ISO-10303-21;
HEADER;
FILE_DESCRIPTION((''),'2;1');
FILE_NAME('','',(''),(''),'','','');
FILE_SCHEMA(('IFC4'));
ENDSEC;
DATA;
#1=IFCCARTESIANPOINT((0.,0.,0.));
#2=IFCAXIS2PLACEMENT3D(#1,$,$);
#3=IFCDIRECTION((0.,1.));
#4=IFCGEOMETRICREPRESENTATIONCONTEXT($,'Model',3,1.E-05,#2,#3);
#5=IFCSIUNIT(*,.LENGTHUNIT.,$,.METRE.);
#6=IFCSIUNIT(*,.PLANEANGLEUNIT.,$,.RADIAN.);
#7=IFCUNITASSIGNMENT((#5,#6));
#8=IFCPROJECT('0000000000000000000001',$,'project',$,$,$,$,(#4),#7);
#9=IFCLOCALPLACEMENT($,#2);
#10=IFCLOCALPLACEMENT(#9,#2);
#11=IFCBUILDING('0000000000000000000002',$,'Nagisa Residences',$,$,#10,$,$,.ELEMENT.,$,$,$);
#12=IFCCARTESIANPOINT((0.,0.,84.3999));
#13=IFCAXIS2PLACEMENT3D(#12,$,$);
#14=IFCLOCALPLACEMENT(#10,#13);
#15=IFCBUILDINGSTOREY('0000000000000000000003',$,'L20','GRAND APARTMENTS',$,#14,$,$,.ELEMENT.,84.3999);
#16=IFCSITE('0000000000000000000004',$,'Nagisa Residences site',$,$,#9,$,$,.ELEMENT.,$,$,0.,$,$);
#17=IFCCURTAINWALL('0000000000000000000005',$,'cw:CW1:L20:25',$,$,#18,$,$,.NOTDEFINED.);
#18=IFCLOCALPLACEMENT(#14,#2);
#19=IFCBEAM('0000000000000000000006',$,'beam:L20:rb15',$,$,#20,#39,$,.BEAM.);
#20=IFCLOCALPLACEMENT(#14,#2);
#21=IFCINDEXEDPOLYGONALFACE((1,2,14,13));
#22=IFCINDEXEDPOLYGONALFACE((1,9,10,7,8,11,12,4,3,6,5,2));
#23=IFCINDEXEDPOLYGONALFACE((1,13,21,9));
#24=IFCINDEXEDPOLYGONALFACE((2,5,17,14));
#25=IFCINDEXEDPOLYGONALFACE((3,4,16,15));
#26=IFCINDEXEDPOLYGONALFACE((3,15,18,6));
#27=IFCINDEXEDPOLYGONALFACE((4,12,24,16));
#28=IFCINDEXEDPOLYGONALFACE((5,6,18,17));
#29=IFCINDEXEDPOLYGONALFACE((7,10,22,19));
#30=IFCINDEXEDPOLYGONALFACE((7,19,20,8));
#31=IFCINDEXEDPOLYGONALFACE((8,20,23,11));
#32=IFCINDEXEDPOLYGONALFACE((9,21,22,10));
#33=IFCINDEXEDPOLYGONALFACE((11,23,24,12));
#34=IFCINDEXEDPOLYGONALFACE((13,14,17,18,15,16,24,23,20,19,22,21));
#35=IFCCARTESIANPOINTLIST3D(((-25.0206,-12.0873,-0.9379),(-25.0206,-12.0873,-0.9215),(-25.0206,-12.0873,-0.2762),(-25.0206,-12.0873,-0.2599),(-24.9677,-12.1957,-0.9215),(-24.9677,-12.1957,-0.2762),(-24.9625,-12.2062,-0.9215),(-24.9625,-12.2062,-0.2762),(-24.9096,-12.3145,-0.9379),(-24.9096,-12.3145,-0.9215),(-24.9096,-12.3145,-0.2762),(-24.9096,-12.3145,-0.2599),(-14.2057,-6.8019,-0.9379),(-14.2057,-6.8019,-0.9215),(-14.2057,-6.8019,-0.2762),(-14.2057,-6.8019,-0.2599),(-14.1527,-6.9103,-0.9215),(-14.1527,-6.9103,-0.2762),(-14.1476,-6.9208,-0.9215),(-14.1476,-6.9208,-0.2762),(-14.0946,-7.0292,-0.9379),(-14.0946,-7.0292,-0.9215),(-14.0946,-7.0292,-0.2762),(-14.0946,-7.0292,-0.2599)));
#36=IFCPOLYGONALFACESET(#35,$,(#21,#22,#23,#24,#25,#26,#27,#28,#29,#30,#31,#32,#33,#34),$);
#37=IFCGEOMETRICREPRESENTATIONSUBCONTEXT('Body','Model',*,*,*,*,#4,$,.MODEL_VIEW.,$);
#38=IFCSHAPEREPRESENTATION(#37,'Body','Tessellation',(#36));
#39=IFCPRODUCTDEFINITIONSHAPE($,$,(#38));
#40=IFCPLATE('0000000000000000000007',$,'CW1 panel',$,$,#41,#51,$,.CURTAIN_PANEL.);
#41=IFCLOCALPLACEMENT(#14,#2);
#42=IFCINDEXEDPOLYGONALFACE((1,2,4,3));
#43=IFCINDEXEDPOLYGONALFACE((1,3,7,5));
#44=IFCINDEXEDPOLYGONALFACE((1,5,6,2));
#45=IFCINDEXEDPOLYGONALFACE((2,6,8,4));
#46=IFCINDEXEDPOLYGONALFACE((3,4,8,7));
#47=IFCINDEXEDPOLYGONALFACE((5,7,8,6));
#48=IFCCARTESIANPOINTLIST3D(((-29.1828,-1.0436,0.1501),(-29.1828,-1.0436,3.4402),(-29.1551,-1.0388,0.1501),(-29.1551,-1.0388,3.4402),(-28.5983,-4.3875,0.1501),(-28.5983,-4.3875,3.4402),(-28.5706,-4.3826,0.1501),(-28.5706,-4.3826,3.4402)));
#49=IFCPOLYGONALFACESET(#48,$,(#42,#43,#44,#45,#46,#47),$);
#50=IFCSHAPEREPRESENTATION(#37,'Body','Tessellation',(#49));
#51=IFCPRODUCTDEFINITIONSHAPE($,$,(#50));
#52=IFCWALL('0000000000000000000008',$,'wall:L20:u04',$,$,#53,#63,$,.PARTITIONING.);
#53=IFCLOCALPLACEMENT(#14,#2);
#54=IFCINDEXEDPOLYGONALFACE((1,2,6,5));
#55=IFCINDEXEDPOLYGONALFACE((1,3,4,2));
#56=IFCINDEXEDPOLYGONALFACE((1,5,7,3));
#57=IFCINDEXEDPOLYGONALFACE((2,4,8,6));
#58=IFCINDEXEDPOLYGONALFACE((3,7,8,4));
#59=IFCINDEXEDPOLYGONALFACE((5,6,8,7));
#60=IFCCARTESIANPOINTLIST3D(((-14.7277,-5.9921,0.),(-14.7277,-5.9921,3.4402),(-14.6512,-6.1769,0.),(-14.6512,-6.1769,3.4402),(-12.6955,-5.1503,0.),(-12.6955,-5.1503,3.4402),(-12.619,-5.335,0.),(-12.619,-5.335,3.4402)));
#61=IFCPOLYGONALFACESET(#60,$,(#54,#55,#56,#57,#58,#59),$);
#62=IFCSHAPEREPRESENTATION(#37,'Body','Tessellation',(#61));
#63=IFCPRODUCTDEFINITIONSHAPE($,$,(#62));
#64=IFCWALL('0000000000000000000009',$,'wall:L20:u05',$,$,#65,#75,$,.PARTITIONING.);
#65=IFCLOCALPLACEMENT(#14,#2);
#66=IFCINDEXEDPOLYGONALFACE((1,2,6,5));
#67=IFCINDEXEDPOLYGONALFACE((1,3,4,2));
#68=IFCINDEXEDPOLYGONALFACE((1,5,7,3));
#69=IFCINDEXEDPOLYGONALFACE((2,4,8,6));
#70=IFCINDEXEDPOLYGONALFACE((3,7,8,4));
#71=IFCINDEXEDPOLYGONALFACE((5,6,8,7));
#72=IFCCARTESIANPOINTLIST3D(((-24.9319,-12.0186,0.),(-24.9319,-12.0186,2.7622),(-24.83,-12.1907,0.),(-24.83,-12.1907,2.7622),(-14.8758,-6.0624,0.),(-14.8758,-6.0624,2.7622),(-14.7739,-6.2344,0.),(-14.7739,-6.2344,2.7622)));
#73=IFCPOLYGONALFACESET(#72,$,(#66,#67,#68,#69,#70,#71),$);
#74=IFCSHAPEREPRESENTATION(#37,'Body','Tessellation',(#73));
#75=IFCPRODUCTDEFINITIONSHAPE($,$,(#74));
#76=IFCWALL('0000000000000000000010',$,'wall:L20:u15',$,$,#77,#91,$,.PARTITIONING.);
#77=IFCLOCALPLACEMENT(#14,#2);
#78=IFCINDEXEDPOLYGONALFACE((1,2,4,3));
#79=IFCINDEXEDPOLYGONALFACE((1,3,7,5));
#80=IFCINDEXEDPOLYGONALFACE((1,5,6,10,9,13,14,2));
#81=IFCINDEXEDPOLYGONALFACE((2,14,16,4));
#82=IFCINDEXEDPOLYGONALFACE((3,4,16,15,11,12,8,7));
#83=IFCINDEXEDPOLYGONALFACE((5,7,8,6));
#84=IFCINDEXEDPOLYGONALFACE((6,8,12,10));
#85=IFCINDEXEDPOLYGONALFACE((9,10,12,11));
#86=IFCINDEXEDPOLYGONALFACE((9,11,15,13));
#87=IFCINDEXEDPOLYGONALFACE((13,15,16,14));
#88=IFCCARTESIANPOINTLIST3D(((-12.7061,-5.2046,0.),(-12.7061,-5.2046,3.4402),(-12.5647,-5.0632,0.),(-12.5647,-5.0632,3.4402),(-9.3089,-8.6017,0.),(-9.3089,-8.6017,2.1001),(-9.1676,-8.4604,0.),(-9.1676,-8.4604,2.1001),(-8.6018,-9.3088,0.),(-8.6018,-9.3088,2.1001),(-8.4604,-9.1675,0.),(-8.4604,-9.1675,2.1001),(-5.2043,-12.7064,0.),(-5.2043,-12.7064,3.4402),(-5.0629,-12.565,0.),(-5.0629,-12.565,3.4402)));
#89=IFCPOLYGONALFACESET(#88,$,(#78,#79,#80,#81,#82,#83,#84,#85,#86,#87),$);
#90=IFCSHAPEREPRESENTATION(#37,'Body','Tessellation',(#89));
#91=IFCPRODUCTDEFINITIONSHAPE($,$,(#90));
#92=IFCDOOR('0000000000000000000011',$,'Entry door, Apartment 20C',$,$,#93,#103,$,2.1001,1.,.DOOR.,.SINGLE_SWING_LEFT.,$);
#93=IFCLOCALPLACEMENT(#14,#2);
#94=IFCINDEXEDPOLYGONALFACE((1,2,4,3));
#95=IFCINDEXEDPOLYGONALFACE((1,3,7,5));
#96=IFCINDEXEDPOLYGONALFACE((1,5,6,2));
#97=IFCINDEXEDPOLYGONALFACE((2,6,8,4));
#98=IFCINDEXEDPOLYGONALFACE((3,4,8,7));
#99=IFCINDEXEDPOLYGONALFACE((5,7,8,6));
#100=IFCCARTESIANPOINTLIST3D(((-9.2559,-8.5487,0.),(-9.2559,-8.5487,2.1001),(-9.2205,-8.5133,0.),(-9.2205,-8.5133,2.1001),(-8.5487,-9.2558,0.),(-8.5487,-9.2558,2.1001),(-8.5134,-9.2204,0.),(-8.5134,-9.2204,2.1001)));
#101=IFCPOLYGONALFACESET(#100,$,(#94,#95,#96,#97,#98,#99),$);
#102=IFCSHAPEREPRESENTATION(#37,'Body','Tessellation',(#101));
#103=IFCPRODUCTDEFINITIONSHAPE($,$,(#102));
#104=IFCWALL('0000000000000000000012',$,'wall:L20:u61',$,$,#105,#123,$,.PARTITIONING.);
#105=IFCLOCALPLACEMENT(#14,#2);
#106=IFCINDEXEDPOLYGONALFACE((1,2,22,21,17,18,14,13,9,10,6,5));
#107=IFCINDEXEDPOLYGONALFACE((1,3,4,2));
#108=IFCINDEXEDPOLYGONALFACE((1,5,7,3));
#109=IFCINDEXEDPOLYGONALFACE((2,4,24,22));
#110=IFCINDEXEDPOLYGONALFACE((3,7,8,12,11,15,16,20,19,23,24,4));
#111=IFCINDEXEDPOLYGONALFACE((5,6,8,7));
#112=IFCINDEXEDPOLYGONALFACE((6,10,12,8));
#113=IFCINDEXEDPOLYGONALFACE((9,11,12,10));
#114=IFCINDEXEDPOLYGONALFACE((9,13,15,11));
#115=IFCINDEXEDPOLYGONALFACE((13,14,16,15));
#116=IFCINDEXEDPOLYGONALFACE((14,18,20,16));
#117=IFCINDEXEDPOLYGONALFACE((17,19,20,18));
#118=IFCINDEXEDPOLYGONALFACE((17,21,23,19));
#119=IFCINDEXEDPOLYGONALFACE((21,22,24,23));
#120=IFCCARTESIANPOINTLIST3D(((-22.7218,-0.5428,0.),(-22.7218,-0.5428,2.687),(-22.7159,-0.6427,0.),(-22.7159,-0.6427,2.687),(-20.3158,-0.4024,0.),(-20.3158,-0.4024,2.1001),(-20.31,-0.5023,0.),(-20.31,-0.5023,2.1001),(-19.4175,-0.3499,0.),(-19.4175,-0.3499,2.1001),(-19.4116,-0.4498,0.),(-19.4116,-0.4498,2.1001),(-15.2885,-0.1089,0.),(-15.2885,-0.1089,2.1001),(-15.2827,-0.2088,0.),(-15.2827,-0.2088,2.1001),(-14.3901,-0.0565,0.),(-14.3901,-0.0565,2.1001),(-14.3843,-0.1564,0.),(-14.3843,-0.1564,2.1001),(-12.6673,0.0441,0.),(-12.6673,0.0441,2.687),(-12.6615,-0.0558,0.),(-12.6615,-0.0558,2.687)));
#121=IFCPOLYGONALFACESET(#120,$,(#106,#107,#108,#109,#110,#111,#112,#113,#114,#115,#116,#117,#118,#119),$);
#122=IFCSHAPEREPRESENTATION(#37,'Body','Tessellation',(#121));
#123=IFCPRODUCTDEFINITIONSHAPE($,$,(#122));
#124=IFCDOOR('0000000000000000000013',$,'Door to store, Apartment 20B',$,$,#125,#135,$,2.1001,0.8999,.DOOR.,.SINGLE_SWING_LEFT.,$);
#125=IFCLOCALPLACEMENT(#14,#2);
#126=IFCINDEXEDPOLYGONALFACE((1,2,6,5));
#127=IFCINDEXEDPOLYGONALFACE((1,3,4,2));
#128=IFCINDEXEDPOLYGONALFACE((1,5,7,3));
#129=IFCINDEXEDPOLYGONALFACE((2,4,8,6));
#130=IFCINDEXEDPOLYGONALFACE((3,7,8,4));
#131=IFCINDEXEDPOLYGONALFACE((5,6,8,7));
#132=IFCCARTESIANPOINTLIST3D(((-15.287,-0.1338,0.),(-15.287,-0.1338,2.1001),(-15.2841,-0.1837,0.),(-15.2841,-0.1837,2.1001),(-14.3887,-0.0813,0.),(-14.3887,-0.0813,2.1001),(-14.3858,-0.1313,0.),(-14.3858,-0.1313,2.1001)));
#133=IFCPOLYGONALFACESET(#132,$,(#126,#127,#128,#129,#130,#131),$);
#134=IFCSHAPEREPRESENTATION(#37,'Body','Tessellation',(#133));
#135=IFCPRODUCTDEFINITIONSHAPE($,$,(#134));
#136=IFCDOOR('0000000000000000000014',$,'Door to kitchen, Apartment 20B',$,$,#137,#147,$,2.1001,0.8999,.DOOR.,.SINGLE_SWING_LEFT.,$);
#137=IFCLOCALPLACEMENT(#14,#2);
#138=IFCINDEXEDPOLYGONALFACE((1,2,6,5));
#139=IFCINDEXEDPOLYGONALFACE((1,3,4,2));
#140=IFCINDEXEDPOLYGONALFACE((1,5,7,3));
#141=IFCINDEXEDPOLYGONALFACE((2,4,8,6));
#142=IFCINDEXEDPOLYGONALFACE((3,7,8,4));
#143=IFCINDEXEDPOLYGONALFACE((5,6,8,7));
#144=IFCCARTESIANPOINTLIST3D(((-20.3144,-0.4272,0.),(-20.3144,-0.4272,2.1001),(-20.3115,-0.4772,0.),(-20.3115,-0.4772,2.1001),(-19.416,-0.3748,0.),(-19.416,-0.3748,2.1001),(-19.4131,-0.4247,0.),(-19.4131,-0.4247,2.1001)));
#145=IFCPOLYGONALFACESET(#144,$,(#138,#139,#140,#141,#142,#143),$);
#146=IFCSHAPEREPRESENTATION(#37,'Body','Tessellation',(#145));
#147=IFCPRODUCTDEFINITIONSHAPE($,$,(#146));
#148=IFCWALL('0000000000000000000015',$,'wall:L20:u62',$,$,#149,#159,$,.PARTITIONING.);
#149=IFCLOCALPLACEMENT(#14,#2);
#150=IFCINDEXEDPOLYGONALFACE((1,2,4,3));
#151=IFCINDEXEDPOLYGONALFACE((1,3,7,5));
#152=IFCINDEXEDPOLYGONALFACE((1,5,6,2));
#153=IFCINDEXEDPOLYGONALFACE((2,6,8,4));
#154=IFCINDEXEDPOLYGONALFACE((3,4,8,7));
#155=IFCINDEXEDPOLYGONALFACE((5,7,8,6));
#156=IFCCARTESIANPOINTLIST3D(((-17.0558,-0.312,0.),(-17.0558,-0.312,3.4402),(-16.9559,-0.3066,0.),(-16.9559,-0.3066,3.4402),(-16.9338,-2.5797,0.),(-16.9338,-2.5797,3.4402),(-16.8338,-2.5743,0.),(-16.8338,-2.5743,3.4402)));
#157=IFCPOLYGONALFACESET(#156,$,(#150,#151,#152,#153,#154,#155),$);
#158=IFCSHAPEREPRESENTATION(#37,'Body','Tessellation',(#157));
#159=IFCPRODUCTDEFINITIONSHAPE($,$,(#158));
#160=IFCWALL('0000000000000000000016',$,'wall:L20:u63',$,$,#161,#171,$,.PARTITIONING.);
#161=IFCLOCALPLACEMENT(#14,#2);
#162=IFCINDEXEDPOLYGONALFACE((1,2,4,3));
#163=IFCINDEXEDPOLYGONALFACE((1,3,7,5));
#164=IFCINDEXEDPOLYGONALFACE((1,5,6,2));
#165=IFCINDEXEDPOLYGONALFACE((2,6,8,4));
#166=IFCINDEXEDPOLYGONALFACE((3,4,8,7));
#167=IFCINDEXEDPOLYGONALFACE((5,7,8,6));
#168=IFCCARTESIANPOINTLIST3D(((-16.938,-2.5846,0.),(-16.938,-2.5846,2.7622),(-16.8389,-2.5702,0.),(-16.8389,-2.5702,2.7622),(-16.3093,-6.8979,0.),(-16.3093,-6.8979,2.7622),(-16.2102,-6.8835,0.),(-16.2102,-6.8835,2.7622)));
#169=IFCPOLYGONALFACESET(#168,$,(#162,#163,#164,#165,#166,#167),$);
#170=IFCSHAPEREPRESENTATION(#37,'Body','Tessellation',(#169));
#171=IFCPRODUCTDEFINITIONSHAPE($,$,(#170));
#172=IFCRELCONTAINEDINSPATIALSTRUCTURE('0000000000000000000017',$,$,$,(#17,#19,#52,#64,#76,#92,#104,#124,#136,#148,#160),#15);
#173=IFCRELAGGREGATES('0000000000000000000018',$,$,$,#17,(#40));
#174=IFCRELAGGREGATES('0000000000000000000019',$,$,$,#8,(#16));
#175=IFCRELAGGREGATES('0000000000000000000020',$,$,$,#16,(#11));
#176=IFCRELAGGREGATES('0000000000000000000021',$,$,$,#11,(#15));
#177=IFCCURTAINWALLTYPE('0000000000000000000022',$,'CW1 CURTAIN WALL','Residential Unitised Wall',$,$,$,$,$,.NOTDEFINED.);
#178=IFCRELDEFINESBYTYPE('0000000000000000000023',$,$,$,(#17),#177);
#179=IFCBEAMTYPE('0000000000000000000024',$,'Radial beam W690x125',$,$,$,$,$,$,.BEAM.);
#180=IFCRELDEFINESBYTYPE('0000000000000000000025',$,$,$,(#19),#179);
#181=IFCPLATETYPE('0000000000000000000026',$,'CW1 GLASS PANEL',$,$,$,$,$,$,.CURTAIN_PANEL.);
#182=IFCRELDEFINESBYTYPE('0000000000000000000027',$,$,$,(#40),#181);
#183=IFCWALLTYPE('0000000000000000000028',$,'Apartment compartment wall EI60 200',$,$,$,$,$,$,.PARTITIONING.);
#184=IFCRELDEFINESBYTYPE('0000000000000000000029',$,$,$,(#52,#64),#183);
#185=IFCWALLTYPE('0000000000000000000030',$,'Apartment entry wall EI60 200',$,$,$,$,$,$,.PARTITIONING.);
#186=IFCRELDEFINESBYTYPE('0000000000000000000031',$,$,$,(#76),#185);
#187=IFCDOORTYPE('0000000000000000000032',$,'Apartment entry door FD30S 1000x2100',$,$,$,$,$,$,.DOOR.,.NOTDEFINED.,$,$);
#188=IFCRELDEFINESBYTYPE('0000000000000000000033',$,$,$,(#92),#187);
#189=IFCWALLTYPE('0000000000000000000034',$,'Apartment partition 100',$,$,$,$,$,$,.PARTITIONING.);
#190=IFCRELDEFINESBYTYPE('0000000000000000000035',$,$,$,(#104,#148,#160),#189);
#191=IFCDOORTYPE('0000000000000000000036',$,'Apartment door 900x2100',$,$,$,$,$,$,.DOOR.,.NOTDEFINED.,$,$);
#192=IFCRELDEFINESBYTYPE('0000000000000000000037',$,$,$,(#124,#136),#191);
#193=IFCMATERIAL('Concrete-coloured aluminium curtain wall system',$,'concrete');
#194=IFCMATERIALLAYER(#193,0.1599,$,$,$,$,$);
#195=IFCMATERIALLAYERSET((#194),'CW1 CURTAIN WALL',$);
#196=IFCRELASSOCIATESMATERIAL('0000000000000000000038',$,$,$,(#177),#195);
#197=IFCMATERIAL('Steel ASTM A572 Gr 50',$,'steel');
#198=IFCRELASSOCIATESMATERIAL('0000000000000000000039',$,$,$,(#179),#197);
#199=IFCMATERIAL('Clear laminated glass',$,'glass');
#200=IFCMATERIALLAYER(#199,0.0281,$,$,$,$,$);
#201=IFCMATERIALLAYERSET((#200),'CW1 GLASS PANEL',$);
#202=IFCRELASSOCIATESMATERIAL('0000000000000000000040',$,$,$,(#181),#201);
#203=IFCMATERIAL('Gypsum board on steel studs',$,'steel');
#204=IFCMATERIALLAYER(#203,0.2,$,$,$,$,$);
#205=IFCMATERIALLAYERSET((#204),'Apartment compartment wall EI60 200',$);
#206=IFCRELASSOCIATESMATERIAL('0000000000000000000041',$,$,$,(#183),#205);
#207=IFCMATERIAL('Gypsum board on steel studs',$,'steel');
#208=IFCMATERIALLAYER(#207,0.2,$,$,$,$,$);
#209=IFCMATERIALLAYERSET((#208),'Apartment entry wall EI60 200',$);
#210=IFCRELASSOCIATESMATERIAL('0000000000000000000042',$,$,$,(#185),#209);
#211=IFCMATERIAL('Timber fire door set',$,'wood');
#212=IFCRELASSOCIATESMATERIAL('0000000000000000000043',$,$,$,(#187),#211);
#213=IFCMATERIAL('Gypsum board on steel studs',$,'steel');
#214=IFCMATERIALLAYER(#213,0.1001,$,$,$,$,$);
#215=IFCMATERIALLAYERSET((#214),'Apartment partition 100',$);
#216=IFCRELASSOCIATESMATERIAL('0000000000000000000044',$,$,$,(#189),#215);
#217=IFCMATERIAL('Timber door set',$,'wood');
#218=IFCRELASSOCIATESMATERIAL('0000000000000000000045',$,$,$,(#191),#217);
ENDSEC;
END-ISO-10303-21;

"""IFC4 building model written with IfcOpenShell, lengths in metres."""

from ifc_helpers import new_model, si_unit, direction, frame, frame_2d, origin, origin_2d, place, context, subcontext, project, spatial, rectangle, i_section, extrude, material, layer, layer_set, material_profile, profile_set, type_object, element, fill, aggregate, save


model = new_model("IFC4")

# Units and contexts
model_context = context("Model", 3, precision=1e-05, world=origin(), true_north=direction((0.0, 1.0)))
body_context = subcontext(model_context, "Body", "Model", "MODEL_VIEW")
ifc_project = project(units=[si_unit("LENGTHUNIT", "METRE"), si_unit("PLANEANGLEUNIT", "RADIAN")], contexts=[model_context])

# Site, building, storey
site_placement = place(None, origin())
site = spatial("IfcSite", under=ifc_project, at=site_placement, Name="Nagisa Residences site", CompositionType="ELEMENT", RefElevation=0.0)
building_placement = place(site_placement, origin())
building = spatial("IfcBuilding", under=site, at=building_placement, Name="Nagisa Residences", CompositionType="ELEMENT")
storey_placement = place(building_placement, frame((0.0, 0.0, 84.3999)))
storey = spatial("IfcBuildingStorey", under=building, at=storey_placement, Name="L20", Description="GRAND APARTMENTS", CompositionType="ELEMENT", Elevation=84.3999)

# Curtain wall
ifc_material_1 = material(Name="Concrete-coloured aluminium curtain wall system", Category="concrete")
ifc_layer_1 = layer(ifc_material_1, 0.1599)
ifc_layer_set_1 = layer_set([ifc_layer_1], Name="CW1 CURTAIN WALL")
curtain_wall_type = type_object("IfcCurtainWallType", Name="CW1 CURTAIN WALL", Description="Residential Unitised Wall", PredefinedType="NOTDEFINED", material=ifc_layer_set_1)
curtain_wall_placement = place(storey_placement, origin())
curtain_wall = element("IfcCurtainWall", 1, at=curtain_wall_placement, inside=storey, type_object=curtain_wall_type, Name="cw:CW1:L20:25", PredefinedType="NOTDEFINED")

# Beam
ifc_material_2 = material(Name="Steel ASTM A572 Gr 50", Category="steel")
ifc_material_profile_1 = material_profile(ifc_material_2, i_section(OverallWidth=0.2529, OverallDepth=0.678, WebThickness=0.0117, FlangeThickness=0.0164, at=origin_2d()), Name="W690x125")
ifc_profile_set_1 = profile_set([ifc_material_profile_1], Name="Steel ASTM A572 Gr 50")
beam_type_1 = type_object("IfcBeamType", Name="Radial beam W690x125", PredefinedType="BEAM", material=ifc_profile_set_1)
beam_1_placement = place(storey_placement, frame((-24.9651, -12.2009, -0.5989), z_axis=(0.898447, 0.439082, 0.0), x_axis=(-0.439082, 0.898447, 0.0)))
element("IfcBeam", 2, at=beam_1_placement, inside=storey, type_object=beam_type_1, Name="beam:L20:rb15", PredefinedType="BEAM", context=body_context, shape_type="SweptSolid", body=[
    extrude(i_section(OverallWidth=0.2529, OverallDepth=0.678, WebThickness=0.0117, FlangeThickness=0.0164, at=origin_2d()), origin(), (0.0, 0.0, 1.0), 12.0374),
])

# Plate
ifc_material_3 = material(Name="Clear laminated glass", Category="glass")
ifc_layer_2 = layer(ifc_material_3, 0.0281)
ifc_layer_set_2 = layer_set([ifc_layer_2], Name="CW1 GLASS PANEL")
plate_type = type_object("IfcPlateType", Name="CW1 GLASS PANEL", PredefinedType="CURTAIN_PANEL", material=ifc_layer_set_2)
plate_placement = place(storey_placement, frame((-28.8767, -2.7131, 0.1501), z_axis=(0.0, 0.0, 1.0), x_axis=(0.172191, -0.985064, 0.0)))
plate = element("IfcPlate", 3, at=plate_placement, type_object=plate_type, Name="CW1 panel", PredefinedType="CURTAIN_PANEL", context=body_context, shape_type="SweptSolid", body=[
    extrude(rectangle(XDim=3.3945, YDim=0.0281, at=origin_2d()), origin(), (0.0, 0.0, 1.0), 3.29),
])
aggregate(curtain_wall, [plate])

# Walls
ifc_material_4 = material(Name="Gypsum board on steel studs", Category="steel")
ifc_layer_3 = layer(ifc_material_4, 0.2)
ifc_layer_set_3 = layer_set([ifc_layer_3], Name="Apartment compartment wall EI60 200")
wall_type_1 = type_object("IfcWallType", Name="Apartment compartment wall EI60 200", PredefinedType="PARTITIONING", material=ifc_layer_set_3)
wall_1_placement = place(storey_placement, frame((-12.6572, -5.2427, 0.0), z_axis=(0.0, 0.0, 1.0), x_axis=(-0.923876, -0.382692, 0.0)))
element("IfcWall", 4, at=wall_1_placement, inside=storey, type_object=wall_type_1, Name="wall:L20:u04", PredefinedType="PARTITIONING", context=body_context, shape_type="SweptSolid", body=[
    extrude(rectangle(XDim=2.1997, YDim=0.2, at=frame_2d((1.0999, 0.0))), origin(), (0.0, 0.0, 1.0), 3.4402),
])
wall_2_placement = place(storey_placement, frame((-14.825, -6.1484, 0.0), z_axis=(0.0, 0.0, 1.0), x_axis=(-0.8604, -0.509619, 0.0)))
element("IfcWall", 5, at=wall_2_placement, inside=storey, type_object=wall_type_1, Name="wall:L20:u05", PredefinedType="PARTITIONING", context=body_context, shape_type="SweptSolid", body=[
    extrude(rectangle(XDim=11.6877, YDim=0.2, at=frame_2d((5.8438, 0.0))), origin(), (0.0, 0.0, 1.0), 2.7622),
])

# Wall, opening, door
ifc_material_5 = material(Name="Gypsum board on steel studs", Category="steel")
ifc_layer_4 = layer(ifc_material_5, 0.2)
ifc_layer_set_4 = layer_set([ifc_layer_4], Name="Apartment entry wall EI60 200")
wall_type_2 = type_object("IfcWallType", Name="Apartment entry wall EI60 200", PredefinedType="PARTITIONING", material=ifc_layer_set_4)
wall_3_placement = place(storey_placement, frame((-12.6355, -5.1338, 0.0), z_axis=(0.0, 0.0, 1.0), x_axis=(0.707107, -0.707107, 0.0)))
wall_3 = element("IfcWall", 6, at=wall_3_placement, inside=storey, type_object=wall_type_2, Name="wall:L20:u15", PredefinedType="PARTITIONING", context=body_context, shape_type="SweptSolid", body=[
    extrude(rectangle(XDim=10.6091, YDim=0.2, at=frame_2d((5.3047, 0.0))), origin(), (0.0, 0.0, 1.0), 3.4402),
])
opening_1_placement = place(wall_3_placement, frame((4.8044, 0.0, 0.0)))
opening_1 = element("IfcOpeningElement", 7, at=opening_1_placement, cuts=wall_3, PredefinedType="OPENING", context=body_context, shape_type="SweptSolid", body=[
    extrude(rectangle(XDim=1.0, YDim=2.1001, at=frame_2d((0.5, 1.05))), frame((0.0, 0.1099, 0.0), z_axis=(0.0, -1.0, 0.0), x_axis=(1.0, 0.0, 0.0)), (0.0, 0.0, 1.0), 0.22),
])
ifc_material_6 = material(Name="Timber fire door set", Category="wood")
door_type_1 = type_object("IfcDoorType", Name="Apartment entry door FD30S 1000x2100", OperationType="NOTDEFINED", PredefinedType="DOOR", material=ifc_material_6)
door_1_placement = place(opening_1_placement, frame((1.0, 0.0, 0.0), x_axis=(-1.0, 0.0, 0.0)))
door_1 = element("IfcDoor", 8, at=door_1_placement, inside=storey, type_object=door_type_1, Name="Entry door, Apartment 20C", OperationType="SINGLE_SWING_LEFT", OverallHeight=2.1001, OverallWidth=1.0, PredefinedType="DOOR", context=body_context, shape_type="SweptSolid", body=[
    extrude(rectangle(XDim=1.0, YDim=2.1001, at=frame_2d((0.5, 1.05))), frame((0.0, 0.0249, 0.0), z_axis=(0.0, -1.0, 0.0), x_axis=(1.0, 0.0, 0.0)), (0.0, 0.0, 1.0), 0.05),
])
fill(opening_1, door_1)

# Wall, openings, doors
ifc_material_7 = material(Name="Gypsum board on steel studs", Category="steel")
ifc_layer_5 = layer(ifc_material_7, 0.1001)
ifc_layer_set_5 = layer_set([ifc_layer_5], Name="Apartment partition 100")
wall_type_3 = type_object("IfcWallType", Name="Apartment partition 100", PredefinedType="PARTITIONING", material=ifc_layer_set_5)
wall_4_placement = place(storey_placement, frame((-12.6646, -0.0059, 0.0), z_axis=(0.0, 0.0, 1.0), x_axis=(-0.998301, -0.058274, 0.0)))
wall_4 = element("IfcWall", 9, at=wall_4_placement, inside=storey, type_object=wall_type_3, Name="wall:L20:u61", PredefinedType="PARTITIONING", context=body_context, shape_type="SweptSolid", body=[
    extrude(rectangle(XDim=10.0715, YDim=0.1001, at=frame_2d((5.0356, 0.0))), origin(), (0.0, 0.0, 1.0), 2.687),
])
opening_2_placement = place(wall_4_placement, frame((1.7256, 0.0, 0.0)))
opening_2 = element("IfcOpeningElement", 10, at=opening_2_placement, cuts=wall_4, PredefinedType="OPENING", context=body_context, shape_type="SweptSolid", body=[
    extrude(rectangle(XDim=0.8999, YDim=2.1001, at=frame_2d((0.45, 1.05))), frame((0.0, 0.0601, 0.0), z_axis=(0.0, -1.0, 0.0), x_axis=(1.0, 0.0, 0.0)), (0.0, 0.0, 1.0), 0.1201),
])
opening_3_placement = place(wall_4_placement, frame((6.7615, 0.0, 0.0)))
opening_3 = element("IfcOpeningElement", 11, at=opening_3_placement, cuts=wall_4, PredefinedType="OPENING", context=body_context, shape_type="SweptSolid", body=[
    extrude(rectangle(XDim=0.8999, YDim=2.1001, at=frame_2d((0.45, 1.05))), frame((0.0, 0.0601, 0.0), z_axis=(0.0, -1.0, 0.0), x_axis=(1.0, 0.0, 0.0)), (0.0, 0.0, 1.0), 0.1201),
])
ifc_material_8 = material(Name="Timber door set", Category="wood")
door_type_2 = type_object("IfcDoorType", Name="Apartment door 900x2100", OperationType="NOTDEFINED", PredefinedType="DOOR", material=ifc_material_8)
door_2_placement = place(opening_2_placement, origin())
door_2 = element("IfcDoor", 12, at=door_2_placement, inside=storey, type_object=door_type_2, Name="Door to store, Apartment 20B", OperationType="SINGLE_SWING_LEFT", OverallHeight=2.1001, OverallWidth=0.8999, PredefinedType="DOOR", context=body_context, shape_type="SweptSolid", body=[
    extrude(rectangle(XDim=0.8999, YDim=2.1001, at=frame_2d((0.45, 1.05))), frame((0.0, 0.0249, 0.0), z_axis=(0.0, -1.0, 0.0), x_axis=(1.0, 0.0, 0.0)), (0.0, 0.0, 1.0), 0.05),
])
fill(opening_2, door_2)
door_3_placement = place(opening_3_placement, origin())
door_3 = element("IfcDoor", 13, at=door_3_placement, inside=storey, type_object=door_type_2, Name="Door to kitchen, Apartment 20B", OperationType="SINGLE_SWING_LEFT", OverallHeight=2.1001, OverallWidth=0.8999, PredefinedType="DOOR", context=body_context, shape_type="SweptSolid", body=[
    extrude(rectangle(XDim=0.8999, YDim=2.1001, at=frame_2d((0.45, 1.05))), frame((0.0, 0.0249, 0.0), z_axis=(0.0, -1.0, 0.0), x_axis=(1.0, 0.0, 0.0)), (0.0, 0.0, 1.0), 0.05),
])
fill(opening_3, door_3)

# Walls
wall_5_placement = place(storey_placement, frame((-17.0059, -0.3093, 0.0), z_axis=(0.0, 0.0, 1.0), x_axis=(0.053749, -0.998554, 0.0)))
element("IfcWall", 14, at=wall_5_placement, inside=storey, type_object=wall_type_3, Name="wall:L20:u62", PredefinedType="PARTITIONING", context=body_context, shape_type="SweptSolid", body=[
    extrude(rectangle(XDim=2.271, YDim=0.1001, at=frame_2d((1.1355, 0.0))), origin(), (0.0, 0.0, 1.0), 3.4402),
])
wall_6_placement = place(storey_placement, frame((-16.8884, -2.5774, 0.0), z_axis=(0.0, 0.0, 1.0), x_axis=(0.144228, -0.989544, 0.0)))
element("IfcWall", 15, at=wall_6_placement, inside=storey, type_object=wall_type_3, Name="wall:L20:u63", PredefinedType="PARTITIONING", context=body_context, shape_type="SweptSolid", body=[
    extrude(rectangle(XDim=4.3589, YDim=0.1001, at=frame_2d((2.1794, 0.0))), origin(), (0.0, 0.0, 1.0), 2.7622),
])

save(model, "model.ifc")
